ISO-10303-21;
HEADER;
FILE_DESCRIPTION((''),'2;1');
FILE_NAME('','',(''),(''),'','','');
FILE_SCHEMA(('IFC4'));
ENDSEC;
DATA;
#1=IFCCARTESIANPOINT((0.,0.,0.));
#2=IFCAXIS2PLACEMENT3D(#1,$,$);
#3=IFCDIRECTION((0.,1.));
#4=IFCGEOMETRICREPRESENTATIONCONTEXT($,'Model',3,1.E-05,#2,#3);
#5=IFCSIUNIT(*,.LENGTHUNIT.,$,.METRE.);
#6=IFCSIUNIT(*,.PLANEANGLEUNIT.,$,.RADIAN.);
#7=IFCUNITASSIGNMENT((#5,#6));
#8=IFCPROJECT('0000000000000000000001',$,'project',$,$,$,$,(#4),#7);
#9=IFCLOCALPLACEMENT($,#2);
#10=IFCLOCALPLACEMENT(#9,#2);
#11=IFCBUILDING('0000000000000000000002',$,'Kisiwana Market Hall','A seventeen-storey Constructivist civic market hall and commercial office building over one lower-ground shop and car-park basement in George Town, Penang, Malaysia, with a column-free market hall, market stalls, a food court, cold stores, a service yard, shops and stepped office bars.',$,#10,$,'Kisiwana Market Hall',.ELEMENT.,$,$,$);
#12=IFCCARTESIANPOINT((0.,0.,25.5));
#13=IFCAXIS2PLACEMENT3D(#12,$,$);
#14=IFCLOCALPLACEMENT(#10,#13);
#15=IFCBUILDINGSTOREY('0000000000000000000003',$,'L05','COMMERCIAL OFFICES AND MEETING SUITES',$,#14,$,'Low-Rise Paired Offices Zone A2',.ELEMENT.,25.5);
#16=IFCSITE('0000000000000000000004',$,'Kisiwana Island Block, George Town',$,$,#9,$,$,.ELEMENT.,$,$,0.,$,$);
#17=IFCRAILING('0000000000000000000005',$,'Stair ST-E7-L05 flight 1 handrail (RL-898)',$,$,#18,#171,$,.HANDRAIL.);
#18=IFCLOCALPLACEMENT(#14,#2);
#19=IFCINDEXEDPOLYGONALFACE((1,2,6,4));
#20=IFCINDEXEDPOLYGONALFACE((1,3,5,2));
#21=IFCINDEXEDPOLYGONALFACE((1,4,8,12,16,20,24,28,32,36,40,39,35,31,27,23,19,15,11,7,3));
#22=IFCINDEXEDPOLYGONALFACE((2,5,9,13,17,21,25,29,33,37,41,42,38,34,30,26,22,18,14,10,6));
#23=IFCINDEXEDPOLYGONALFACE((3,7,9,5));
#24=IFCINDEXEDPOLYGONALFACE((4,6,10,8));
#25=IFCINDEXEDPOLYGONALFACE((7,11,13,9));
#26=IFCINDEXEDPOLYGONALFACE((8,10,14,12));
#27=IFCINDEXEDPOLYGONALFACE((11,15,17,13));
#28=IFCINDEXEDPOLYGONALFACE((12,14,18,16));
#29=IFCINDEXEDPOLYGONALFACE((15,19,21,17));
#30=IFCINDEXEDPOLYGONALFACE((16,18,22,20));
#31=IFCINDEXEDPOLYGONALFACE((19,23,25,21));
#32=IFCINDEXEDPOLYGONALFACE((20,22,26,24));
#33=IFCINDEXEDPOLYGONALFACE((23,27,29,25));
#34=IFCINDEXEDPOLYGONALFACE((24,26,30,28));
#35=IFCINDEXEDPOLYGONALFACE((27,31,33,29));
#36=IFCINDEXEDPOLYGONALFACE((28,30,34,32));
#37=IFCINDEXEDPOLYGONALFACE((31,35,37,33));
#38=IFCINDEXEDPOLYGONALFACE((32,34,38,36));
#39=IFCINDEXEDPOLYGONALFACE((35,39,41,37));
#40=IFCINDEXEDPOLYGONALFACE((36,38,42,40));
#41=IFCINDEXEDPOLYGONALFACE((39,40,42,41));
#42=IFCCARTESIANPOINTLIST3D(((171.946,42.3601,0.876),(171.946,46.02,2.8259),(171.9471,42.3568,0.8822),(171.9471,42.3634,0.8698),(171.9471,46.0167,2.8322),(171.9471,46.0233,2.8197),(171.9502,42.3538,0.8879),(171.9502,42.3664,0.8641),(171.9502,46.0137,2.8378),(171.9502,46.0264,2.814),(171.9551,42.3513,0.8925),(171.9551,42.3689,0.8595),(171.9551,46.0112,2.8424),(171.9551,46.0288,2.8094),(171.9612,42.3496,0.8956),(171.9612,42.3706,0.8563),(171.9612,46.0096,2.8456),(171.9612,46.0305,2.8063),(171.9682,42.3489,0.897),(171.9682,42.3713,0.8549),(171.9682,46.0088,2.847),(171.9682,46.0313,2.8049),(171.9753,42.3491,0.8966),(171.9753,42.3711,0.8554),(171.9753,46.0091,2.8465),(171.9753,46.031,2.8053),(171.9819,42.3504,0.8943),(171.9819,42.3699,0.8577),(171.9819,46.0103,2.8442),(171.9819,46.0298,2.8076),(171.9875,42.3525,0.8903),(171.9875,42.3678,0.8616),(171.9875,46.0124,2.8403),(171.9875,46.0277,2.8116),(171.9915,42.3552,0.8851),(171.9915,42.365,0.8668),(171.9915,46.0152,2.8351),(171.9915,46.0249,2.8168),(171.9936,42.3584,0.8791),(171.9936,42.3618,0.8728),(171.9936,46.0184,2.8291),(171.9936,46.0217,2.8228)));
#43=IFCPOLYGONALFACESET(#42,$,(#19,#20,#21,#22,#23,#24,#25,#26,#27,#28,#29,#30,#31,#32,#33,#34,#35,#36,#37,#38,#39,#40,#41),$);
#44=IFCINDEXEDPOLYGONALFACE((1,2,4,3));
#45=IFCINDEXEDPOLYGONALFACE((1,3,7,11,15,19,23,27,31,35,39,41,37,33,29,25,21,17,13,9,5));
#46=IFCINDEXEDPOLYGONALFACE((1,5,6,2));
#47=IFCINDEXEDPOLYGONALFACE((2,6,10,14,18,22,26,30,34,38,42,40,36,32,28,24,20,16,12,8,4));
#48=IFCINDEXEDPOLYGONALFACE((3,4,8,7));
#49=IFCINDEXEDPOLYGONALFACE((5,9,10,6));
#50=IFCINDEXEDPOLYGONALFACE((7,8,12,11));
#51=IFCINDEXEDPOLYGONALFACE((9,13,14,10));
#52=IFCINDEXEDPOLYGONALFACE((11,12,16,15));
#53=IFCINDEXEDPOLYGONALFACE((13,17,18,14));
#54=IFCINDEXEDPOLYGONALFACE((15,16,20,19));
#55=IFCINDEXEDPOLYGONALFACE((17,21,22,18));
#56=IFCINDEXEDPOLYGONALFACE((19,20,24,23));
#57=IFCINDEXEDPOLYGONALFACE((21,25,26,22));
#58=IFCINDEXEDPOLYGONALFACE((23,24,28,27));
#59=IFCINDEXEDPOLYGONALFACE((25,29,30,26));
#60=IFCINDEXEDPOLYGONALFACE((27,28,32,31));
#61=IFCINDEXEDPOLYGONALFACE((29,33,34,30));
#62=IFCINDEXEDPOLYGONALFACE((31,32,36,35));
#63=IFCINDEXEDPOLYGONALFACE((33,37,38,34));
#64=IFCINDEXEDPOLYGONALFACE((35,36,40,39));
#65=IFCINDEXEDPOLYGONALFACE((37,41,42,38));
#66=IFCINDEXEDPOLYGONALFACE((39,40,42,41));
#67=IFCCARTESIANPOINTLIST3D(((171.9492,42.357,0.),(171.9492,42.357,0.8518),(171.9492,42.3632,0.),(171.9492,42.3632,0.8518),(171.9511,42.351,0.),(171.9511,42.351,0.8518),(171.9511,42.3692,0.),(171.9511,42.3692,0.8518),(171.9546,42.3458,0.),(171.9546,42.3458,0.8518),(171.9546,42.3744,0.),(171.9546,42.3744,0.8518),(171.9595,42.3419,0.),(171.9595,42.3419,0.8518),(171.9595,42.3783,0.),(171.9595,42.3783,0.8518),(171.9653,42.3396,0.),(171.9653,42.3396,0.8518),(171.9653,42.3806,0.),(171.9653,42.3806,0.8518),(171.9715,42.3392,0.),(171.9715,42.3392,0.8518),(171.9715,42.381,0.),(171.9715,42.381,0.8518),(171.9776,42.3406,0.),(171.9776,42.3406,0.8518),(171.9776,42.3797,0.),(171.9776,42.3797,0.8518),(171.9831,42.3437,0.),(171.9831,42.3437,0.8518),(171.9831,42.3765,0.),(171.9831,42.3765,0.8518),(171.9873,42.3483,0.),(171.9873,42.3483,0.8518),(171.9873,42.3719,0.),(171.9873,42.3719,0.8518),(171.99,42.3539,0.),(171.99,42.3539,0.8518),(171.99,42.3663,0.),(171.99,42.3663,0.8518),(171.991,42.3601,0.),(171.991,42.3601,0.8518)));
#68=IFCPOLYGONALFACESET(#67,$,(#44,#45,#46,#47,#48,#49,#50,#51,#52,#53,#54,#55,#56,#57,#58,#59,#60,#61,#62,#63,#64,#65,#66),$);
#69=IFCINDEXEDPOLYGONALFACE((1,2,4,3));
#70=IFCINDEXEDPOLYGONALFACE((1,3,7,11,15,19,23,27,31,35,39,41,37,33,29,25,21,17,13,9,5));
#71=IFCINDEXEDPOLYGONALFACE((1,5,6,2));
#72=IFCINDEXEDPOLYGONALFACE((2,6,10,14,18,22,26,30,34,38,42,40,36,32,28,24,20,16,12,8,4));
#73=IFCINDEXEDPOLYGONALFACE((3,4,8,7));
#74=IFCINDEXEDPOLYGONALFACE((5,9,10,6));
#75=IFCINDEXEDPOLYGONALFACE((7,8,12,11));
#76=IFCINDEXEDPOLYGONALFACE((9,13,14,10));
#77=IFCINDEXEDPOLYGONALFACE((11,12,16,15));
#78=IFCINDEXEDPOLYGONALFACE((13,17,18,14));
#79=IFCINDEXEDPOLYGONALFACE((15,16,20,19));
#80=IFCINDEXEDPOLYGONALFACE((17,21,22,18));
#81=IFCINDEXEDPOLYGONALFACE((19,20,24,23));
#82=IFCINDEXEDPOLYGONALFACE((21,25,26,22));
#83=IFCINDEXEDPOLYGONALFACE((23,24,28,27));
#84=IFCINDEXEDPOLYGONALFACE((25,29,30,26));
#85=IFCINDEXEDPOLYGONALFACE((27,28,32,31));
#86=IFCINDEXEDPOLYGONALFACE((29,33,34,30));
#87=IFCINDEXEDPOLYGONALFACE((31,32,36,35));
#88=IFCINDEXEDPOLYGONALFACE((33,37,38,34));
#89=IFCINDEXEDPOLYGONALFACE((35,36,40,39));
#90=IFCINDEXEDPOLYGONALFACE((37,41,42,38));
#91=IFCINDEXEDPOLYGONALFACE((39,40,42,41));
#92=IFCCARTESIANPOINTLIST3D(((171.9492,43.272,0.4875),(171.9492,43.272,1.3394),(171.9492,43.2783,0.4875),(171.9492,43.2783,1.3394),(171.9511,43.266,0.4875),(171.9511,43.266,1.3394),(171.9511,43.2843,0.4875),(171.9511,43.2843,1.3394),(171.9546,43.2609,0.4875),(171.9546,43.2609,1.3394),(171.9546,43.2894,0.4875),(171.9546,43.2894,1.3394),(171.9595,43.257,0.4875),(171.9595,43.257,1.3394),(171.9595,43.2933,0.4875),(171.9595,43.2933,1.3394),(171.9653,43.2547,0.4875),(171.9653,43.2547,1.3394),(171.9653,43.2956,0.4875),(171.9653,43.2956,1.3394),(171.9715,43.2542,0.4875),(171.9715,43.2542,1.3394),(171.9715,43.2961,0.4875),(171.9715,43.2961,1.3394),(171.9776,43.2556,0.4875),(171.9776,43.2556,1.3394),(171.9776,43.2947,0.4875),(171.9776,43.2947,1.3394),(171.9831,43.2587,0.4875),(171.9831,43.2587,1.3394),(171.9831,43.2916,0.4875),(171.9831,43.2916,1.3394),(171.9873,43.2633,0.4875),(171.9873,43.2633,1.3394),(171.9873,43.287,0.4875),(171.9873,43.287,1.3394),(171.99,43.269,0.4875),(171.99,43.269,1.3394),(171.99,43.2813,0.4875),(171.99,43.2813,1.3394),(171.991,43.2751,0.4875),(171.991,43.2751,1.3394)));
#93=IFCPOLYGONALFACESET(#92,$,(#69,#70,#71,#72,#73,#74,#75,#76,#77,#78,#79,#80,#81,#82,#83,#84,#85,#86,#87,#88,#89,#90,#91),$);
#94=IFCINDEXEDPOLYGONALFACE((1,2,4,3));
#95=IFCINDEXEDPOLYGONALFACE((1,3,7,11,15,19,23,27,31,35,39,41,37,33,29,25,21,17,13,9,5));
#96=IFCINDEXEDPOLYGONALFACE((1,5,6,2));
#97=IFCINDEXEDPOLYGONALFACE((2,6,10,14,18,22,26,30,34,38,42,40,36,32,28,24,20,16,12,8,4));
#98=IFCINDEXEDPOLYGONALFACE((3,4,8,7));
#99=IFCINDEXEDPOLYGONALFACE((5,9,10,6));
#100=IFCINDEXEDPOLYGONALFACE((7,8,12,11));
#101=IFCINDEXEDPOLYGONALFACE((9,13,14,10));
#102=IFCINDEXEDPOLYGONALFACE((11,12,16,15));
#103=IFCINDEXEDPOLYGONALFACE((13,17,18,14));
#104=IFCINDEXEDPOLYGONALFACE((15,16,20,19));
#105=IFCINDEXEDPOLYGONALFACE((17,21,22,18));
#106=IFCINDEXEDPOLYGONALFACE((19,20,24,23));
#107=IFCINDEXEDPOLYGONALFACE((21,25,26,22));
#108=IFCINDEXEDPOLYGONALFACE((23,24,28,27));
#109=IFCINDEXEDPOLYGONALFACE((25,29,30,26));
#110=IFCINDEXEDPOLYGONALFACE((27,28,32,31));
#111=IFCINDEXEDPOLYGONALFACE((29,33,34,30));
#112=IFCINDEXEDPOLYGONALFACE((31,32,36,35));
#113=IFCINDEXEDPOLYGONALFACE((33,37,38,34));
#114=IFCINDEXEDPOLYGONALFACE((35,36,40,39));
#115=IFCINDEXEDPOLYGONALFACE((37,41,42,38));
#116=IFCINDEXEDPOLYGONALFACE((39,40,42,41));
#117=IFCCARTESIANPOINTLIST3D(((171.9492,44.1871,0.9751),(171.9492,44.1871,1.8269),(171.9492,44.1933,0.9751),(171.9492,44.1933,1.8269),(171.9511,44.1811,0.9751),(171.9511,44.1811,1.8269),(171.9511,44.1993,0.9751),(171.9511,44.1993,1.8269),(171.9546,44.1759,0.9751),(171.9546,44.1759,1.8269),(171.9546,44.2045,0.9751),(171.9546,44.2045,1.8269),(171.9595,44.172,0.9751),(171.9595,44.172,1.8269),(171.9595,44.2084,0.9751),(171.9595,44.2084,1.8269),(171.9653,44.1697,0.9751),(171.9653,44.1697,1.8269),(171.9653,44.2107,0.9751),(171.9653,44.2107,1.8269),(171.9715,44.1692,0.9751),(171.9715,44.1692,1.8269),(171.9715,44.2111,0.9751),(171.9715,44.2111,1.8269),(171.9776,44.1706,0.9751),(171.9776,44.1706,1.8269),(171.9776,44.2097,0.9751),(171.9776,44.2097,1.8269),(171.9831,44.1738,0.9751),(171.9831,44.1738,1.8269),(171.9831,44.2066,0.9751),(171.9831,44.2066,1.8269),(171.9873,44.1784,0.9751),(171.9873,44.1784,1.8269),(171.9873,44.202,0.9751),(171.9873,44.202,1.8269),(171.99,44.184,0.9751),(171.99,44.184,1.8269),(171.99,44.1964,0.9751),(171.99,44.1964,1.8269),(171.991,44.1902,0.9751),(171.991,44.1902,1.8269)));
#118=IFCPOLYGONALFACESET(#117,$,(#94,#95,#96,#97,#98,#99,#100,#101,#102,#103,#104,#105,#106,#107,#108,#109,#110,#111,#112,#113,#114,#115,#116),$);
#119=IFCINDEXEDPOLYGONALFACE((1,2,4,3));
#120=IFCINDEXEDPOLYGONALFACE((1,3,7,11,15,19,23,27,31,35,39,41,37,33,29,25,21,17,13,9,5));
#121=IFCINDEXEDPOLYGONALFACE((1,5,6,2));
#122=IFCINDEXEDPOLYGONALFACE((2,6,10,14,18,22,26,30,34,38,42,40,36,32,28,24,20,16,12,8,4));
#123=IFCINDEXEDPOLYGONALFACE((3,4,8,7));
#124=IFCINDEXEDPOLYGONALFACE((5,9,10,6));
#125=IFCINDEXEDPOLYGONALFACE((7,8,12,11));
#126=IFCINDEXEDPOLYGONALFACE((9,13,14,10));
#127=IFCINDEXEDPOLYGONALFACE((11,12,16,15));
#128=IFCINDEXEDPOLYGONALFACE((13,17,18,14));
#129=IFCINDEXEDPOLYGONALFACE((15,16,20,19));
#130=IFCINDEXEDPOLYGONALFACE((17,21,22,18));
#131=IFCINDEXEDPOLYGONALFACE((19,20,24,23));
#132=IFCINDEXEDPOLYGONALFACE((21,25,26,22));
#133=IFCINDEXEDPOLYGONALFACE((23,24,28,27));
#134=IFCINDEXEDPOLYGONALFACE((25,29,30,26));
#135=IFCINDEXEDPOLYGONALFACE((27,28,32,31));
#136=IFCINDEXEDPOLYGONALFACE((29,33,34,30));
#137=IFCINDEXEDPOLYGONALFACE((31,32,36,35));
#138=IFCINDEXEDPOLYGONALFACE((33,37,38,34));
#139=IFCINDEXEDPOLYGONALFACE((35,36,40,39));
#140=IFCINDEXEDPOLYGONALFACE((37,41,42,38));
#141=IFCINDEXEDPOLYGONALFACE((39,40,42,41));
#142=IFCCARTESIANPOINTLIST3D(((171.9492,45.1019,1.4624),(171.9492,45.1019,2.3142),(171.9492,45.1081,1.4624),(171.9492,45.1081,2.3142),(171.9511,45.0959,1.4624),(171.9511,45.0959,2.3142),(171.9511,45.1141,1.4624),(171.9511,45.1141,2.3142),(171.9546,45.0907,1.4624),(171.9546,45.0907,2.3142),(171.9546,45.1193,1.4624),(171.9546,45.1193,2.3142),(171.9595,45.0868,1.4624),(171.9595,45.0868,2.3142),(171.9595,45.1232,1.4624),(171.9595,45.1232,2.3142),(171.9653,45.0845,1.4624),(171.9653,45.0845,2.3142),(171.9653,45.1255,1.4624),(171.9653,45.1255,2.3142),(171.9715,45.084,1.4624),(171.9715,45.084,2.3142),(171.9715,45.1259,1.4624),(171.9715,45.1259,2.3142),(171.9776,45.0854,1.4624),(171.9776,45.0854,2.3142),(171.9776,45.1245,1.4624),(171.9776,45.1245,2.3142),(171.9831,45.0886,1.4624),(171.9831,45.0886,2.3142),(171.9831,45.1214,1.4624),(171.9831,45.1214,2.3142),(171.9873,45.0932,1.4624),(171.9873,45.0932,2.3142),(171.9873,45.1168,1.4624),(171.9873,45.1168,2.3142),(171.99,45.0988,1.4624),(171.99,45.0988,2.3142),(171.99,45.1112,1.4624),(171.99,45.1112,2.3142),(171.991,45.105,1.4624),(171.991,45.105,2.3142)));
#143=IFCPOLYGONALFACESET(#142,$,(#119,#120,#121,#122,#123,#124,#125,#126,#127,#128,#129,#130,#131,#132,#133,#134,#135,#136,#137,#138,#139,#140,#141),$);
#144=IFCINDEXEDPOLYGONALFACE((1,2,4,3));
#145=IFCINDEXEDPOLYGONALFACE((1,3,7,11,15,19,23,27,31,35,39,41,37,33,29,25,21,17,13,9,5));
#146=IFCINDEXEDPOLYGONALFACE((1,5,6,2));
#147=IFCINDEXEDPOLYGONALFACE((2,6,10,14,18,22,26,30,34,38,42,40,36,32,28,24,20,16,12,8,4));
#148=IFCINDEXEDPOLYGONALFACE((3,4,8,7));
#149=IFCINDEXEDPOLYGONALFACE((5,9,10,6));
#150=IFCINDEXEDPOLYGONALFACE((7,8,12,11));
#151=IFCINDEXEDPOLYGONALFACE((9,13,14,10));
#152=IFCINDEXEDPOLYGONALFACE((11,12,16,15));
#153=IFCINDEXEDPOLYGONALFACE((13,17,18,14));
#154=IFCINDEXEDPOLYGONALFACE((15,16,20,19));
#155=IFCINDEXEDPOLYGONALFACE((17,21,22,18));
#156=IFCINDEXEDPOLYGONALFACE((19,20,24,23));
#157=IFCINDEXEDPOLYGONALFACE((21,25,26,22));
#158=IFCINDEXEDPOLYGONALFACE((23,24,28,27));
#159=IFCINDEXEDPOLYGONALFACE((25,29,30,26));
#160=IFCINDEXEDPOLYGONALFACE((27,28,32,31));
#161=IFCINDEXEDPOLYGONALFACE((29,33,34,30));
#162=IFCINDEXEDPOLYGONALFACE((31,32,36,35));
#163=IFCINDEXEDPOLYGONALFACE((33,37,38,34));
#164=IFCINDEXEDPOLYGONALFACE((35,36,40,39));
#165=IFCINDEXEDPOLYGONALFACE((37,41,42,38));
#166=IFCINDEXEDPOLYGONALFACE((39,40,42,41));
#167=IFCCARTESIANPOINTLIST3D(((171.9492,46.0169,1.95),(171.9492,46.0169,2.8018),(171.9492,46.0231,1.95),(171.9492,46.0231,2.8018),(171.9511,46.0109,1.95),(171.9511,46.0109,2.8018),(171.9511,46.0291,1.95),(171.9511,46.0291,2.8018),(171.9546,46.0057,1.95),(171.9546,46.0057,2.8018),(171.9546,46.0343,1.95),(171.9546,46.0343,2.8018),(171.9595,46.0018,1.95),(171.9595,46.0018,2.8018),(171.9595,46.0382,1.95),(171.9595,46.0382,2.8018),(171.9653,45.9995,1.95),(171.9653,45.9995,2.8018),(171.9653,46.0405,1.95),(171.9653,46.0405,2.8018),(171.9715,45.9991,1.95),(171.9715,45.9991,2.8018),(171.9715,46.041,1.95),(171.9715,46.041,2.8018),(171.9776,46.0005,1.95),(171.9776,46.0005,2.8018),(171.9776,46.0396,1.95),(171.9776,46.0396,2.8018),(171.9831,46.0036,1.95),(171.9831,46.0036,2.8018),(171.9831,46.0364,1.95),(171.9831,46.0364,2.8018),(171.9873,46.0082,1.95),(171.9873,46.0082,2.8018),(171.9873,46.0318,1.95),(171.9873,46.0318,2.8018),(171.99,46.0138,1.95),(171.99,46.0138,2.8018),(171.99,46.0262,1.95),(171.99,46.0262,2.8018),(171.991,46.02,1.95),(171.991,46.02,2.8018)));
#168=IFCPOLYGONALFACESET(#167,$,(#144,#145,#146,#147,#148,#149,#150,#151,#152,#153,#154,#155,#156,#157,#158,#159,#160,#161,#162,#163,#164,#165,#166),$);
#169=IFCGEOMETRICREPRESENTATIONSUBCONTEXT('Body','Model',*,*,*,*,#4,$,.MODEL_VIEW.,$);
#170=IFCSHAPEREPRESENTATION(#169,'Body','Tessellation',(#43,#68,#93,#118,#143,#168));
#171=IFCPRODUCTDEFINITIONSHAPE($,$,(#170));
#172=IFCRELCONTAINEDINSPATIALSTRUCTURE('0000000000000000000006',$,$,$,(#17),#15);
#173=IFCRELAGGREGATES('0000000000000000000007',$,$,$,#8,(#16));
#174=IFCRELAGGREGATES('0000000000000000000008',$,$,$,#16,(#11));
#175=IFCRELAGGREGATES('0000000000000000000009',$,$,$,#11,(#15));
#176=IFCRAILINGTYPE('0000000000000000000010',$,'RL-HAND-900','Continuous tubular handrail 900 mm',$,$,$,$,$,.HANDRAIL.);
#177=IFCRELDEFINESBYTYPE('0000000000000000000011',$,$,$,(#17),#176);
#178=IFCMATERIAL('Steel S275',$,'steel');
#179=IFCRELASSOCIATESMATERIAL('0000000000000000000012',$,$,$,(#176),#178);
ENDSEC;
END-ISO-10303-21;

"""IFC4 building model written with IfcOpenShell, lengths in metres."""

from ifc_helpers import new_model, si_unit, direction, frame, origin, origin_2d, place, context, subcontext, project, spatial, circle, extrude, material, type_object, element, save


model = new_model("IFC4")

# Units and contexts
model_context = context("Model", 3, precision=1e-05, world=origin(), true_north=direction((0.0, 1.0)))
body_context = subcontext(model_context, "Body", "Model", "MODEL_VIEW")
ifc_project = project(units=[si_unit("LENGTHUNIT", "METRE"), si_unit("PLANEANGLEUNIT", "RADIAN")], contexts=[model_context])

# Site, building, storey
site_placement = place(None, origin())
site = spatial("IfcSite", under=ifc_project, at=site_placement, Name="Kisiwana Island Block, George Town", CompositionType="ELEMENT", RefElevation=0.0)
building_placement = place(site_placement, origin())
building = spatial("IfcBuilding", under=site, at=building_placement, Name="Kisiwana Market Hall", Description="A seventeen-storey Constructivist civic market hall and commercial office building over one lower-ground shop and car-park basement in George Town, Penang, Malaysia, with a column-free market hall, market stalls, a food court, cold stores, a service yard, shops and stepped office bars.", LongName="Kisiwana Market Hall", CompositionType="ELEMENT")
storey_placement = place(building_placement, frame((0.0, 0.0, 25.5)))
storey = spatial("IfcBuildingStorey", under=building, at=storey_placement, Name="L05", Description="COMMERCIAL OFFICES AND MEETING SUITES", LongName="Low-Rise Paired Offices Zone A2", CompositionType="ELEMENT", Elevation=25.5)

# Railing
ifc_material_1 = material(Name="Steel S275", Category="steel")
railing_type_1 = type_object("IfcRailingType", Name="RL-HAND-900", Description="Continuous tubular handrail 900 mm", PredefinedType="HANDRAIL", material=ifc_material_1)
for number, where, name in (
    (1, (171.97, 42.3601, 0.0), "Stair ST-E7-L05 flight 1 handrail (RL-898)"),
):
    element("IfcRailing", number, at=place(storey_placement, frame(where)), inside=storey, type_object=railing_type_1, Name=name, PredefinedType="HANDRAIL", context=body_context, shape_type="SweptSolid", body=[
        extrude(circle(Radius=0.0239, at=origin_2d()), frame((0.0, 0.0, 0.876), z_axis=(0.0, 0.882553, 0.470212), x_axis=(-1.0, 0.0, 0.0)), (0.0, 0.0, 1.0), 4.147),
        extrude(circle(Radius=0.021, at=origin_2d()), origin(), (0.0, 0.0, 1.0), 0.8518),
        extrude(circle(Radius=0.021, at=origin_2d()), frame((0.0, 0.915, 0.4875)), (0.0, 0.0, 1.0), 0.8518),
        extrude(circle(Radius=0.021, at=origin_2d()), frame((0.0, 1.8301, 0.9751)), (0.0, 0.0, 1.0), 0.8518),
        extrude(circle(Radius=0.021, at=origin_2d()), frame((0.0, 2.7449, 1.4624)), (0.0, 0.0, 1.0), 0.8518),
        extrude(circle(Radius=0.021, at=origin_2d()), frame((0.0, 3.6599, 1.95)), (0.0, 0.0, 1.0), 0.8518),
    ])

save(model, "model.ifc")
